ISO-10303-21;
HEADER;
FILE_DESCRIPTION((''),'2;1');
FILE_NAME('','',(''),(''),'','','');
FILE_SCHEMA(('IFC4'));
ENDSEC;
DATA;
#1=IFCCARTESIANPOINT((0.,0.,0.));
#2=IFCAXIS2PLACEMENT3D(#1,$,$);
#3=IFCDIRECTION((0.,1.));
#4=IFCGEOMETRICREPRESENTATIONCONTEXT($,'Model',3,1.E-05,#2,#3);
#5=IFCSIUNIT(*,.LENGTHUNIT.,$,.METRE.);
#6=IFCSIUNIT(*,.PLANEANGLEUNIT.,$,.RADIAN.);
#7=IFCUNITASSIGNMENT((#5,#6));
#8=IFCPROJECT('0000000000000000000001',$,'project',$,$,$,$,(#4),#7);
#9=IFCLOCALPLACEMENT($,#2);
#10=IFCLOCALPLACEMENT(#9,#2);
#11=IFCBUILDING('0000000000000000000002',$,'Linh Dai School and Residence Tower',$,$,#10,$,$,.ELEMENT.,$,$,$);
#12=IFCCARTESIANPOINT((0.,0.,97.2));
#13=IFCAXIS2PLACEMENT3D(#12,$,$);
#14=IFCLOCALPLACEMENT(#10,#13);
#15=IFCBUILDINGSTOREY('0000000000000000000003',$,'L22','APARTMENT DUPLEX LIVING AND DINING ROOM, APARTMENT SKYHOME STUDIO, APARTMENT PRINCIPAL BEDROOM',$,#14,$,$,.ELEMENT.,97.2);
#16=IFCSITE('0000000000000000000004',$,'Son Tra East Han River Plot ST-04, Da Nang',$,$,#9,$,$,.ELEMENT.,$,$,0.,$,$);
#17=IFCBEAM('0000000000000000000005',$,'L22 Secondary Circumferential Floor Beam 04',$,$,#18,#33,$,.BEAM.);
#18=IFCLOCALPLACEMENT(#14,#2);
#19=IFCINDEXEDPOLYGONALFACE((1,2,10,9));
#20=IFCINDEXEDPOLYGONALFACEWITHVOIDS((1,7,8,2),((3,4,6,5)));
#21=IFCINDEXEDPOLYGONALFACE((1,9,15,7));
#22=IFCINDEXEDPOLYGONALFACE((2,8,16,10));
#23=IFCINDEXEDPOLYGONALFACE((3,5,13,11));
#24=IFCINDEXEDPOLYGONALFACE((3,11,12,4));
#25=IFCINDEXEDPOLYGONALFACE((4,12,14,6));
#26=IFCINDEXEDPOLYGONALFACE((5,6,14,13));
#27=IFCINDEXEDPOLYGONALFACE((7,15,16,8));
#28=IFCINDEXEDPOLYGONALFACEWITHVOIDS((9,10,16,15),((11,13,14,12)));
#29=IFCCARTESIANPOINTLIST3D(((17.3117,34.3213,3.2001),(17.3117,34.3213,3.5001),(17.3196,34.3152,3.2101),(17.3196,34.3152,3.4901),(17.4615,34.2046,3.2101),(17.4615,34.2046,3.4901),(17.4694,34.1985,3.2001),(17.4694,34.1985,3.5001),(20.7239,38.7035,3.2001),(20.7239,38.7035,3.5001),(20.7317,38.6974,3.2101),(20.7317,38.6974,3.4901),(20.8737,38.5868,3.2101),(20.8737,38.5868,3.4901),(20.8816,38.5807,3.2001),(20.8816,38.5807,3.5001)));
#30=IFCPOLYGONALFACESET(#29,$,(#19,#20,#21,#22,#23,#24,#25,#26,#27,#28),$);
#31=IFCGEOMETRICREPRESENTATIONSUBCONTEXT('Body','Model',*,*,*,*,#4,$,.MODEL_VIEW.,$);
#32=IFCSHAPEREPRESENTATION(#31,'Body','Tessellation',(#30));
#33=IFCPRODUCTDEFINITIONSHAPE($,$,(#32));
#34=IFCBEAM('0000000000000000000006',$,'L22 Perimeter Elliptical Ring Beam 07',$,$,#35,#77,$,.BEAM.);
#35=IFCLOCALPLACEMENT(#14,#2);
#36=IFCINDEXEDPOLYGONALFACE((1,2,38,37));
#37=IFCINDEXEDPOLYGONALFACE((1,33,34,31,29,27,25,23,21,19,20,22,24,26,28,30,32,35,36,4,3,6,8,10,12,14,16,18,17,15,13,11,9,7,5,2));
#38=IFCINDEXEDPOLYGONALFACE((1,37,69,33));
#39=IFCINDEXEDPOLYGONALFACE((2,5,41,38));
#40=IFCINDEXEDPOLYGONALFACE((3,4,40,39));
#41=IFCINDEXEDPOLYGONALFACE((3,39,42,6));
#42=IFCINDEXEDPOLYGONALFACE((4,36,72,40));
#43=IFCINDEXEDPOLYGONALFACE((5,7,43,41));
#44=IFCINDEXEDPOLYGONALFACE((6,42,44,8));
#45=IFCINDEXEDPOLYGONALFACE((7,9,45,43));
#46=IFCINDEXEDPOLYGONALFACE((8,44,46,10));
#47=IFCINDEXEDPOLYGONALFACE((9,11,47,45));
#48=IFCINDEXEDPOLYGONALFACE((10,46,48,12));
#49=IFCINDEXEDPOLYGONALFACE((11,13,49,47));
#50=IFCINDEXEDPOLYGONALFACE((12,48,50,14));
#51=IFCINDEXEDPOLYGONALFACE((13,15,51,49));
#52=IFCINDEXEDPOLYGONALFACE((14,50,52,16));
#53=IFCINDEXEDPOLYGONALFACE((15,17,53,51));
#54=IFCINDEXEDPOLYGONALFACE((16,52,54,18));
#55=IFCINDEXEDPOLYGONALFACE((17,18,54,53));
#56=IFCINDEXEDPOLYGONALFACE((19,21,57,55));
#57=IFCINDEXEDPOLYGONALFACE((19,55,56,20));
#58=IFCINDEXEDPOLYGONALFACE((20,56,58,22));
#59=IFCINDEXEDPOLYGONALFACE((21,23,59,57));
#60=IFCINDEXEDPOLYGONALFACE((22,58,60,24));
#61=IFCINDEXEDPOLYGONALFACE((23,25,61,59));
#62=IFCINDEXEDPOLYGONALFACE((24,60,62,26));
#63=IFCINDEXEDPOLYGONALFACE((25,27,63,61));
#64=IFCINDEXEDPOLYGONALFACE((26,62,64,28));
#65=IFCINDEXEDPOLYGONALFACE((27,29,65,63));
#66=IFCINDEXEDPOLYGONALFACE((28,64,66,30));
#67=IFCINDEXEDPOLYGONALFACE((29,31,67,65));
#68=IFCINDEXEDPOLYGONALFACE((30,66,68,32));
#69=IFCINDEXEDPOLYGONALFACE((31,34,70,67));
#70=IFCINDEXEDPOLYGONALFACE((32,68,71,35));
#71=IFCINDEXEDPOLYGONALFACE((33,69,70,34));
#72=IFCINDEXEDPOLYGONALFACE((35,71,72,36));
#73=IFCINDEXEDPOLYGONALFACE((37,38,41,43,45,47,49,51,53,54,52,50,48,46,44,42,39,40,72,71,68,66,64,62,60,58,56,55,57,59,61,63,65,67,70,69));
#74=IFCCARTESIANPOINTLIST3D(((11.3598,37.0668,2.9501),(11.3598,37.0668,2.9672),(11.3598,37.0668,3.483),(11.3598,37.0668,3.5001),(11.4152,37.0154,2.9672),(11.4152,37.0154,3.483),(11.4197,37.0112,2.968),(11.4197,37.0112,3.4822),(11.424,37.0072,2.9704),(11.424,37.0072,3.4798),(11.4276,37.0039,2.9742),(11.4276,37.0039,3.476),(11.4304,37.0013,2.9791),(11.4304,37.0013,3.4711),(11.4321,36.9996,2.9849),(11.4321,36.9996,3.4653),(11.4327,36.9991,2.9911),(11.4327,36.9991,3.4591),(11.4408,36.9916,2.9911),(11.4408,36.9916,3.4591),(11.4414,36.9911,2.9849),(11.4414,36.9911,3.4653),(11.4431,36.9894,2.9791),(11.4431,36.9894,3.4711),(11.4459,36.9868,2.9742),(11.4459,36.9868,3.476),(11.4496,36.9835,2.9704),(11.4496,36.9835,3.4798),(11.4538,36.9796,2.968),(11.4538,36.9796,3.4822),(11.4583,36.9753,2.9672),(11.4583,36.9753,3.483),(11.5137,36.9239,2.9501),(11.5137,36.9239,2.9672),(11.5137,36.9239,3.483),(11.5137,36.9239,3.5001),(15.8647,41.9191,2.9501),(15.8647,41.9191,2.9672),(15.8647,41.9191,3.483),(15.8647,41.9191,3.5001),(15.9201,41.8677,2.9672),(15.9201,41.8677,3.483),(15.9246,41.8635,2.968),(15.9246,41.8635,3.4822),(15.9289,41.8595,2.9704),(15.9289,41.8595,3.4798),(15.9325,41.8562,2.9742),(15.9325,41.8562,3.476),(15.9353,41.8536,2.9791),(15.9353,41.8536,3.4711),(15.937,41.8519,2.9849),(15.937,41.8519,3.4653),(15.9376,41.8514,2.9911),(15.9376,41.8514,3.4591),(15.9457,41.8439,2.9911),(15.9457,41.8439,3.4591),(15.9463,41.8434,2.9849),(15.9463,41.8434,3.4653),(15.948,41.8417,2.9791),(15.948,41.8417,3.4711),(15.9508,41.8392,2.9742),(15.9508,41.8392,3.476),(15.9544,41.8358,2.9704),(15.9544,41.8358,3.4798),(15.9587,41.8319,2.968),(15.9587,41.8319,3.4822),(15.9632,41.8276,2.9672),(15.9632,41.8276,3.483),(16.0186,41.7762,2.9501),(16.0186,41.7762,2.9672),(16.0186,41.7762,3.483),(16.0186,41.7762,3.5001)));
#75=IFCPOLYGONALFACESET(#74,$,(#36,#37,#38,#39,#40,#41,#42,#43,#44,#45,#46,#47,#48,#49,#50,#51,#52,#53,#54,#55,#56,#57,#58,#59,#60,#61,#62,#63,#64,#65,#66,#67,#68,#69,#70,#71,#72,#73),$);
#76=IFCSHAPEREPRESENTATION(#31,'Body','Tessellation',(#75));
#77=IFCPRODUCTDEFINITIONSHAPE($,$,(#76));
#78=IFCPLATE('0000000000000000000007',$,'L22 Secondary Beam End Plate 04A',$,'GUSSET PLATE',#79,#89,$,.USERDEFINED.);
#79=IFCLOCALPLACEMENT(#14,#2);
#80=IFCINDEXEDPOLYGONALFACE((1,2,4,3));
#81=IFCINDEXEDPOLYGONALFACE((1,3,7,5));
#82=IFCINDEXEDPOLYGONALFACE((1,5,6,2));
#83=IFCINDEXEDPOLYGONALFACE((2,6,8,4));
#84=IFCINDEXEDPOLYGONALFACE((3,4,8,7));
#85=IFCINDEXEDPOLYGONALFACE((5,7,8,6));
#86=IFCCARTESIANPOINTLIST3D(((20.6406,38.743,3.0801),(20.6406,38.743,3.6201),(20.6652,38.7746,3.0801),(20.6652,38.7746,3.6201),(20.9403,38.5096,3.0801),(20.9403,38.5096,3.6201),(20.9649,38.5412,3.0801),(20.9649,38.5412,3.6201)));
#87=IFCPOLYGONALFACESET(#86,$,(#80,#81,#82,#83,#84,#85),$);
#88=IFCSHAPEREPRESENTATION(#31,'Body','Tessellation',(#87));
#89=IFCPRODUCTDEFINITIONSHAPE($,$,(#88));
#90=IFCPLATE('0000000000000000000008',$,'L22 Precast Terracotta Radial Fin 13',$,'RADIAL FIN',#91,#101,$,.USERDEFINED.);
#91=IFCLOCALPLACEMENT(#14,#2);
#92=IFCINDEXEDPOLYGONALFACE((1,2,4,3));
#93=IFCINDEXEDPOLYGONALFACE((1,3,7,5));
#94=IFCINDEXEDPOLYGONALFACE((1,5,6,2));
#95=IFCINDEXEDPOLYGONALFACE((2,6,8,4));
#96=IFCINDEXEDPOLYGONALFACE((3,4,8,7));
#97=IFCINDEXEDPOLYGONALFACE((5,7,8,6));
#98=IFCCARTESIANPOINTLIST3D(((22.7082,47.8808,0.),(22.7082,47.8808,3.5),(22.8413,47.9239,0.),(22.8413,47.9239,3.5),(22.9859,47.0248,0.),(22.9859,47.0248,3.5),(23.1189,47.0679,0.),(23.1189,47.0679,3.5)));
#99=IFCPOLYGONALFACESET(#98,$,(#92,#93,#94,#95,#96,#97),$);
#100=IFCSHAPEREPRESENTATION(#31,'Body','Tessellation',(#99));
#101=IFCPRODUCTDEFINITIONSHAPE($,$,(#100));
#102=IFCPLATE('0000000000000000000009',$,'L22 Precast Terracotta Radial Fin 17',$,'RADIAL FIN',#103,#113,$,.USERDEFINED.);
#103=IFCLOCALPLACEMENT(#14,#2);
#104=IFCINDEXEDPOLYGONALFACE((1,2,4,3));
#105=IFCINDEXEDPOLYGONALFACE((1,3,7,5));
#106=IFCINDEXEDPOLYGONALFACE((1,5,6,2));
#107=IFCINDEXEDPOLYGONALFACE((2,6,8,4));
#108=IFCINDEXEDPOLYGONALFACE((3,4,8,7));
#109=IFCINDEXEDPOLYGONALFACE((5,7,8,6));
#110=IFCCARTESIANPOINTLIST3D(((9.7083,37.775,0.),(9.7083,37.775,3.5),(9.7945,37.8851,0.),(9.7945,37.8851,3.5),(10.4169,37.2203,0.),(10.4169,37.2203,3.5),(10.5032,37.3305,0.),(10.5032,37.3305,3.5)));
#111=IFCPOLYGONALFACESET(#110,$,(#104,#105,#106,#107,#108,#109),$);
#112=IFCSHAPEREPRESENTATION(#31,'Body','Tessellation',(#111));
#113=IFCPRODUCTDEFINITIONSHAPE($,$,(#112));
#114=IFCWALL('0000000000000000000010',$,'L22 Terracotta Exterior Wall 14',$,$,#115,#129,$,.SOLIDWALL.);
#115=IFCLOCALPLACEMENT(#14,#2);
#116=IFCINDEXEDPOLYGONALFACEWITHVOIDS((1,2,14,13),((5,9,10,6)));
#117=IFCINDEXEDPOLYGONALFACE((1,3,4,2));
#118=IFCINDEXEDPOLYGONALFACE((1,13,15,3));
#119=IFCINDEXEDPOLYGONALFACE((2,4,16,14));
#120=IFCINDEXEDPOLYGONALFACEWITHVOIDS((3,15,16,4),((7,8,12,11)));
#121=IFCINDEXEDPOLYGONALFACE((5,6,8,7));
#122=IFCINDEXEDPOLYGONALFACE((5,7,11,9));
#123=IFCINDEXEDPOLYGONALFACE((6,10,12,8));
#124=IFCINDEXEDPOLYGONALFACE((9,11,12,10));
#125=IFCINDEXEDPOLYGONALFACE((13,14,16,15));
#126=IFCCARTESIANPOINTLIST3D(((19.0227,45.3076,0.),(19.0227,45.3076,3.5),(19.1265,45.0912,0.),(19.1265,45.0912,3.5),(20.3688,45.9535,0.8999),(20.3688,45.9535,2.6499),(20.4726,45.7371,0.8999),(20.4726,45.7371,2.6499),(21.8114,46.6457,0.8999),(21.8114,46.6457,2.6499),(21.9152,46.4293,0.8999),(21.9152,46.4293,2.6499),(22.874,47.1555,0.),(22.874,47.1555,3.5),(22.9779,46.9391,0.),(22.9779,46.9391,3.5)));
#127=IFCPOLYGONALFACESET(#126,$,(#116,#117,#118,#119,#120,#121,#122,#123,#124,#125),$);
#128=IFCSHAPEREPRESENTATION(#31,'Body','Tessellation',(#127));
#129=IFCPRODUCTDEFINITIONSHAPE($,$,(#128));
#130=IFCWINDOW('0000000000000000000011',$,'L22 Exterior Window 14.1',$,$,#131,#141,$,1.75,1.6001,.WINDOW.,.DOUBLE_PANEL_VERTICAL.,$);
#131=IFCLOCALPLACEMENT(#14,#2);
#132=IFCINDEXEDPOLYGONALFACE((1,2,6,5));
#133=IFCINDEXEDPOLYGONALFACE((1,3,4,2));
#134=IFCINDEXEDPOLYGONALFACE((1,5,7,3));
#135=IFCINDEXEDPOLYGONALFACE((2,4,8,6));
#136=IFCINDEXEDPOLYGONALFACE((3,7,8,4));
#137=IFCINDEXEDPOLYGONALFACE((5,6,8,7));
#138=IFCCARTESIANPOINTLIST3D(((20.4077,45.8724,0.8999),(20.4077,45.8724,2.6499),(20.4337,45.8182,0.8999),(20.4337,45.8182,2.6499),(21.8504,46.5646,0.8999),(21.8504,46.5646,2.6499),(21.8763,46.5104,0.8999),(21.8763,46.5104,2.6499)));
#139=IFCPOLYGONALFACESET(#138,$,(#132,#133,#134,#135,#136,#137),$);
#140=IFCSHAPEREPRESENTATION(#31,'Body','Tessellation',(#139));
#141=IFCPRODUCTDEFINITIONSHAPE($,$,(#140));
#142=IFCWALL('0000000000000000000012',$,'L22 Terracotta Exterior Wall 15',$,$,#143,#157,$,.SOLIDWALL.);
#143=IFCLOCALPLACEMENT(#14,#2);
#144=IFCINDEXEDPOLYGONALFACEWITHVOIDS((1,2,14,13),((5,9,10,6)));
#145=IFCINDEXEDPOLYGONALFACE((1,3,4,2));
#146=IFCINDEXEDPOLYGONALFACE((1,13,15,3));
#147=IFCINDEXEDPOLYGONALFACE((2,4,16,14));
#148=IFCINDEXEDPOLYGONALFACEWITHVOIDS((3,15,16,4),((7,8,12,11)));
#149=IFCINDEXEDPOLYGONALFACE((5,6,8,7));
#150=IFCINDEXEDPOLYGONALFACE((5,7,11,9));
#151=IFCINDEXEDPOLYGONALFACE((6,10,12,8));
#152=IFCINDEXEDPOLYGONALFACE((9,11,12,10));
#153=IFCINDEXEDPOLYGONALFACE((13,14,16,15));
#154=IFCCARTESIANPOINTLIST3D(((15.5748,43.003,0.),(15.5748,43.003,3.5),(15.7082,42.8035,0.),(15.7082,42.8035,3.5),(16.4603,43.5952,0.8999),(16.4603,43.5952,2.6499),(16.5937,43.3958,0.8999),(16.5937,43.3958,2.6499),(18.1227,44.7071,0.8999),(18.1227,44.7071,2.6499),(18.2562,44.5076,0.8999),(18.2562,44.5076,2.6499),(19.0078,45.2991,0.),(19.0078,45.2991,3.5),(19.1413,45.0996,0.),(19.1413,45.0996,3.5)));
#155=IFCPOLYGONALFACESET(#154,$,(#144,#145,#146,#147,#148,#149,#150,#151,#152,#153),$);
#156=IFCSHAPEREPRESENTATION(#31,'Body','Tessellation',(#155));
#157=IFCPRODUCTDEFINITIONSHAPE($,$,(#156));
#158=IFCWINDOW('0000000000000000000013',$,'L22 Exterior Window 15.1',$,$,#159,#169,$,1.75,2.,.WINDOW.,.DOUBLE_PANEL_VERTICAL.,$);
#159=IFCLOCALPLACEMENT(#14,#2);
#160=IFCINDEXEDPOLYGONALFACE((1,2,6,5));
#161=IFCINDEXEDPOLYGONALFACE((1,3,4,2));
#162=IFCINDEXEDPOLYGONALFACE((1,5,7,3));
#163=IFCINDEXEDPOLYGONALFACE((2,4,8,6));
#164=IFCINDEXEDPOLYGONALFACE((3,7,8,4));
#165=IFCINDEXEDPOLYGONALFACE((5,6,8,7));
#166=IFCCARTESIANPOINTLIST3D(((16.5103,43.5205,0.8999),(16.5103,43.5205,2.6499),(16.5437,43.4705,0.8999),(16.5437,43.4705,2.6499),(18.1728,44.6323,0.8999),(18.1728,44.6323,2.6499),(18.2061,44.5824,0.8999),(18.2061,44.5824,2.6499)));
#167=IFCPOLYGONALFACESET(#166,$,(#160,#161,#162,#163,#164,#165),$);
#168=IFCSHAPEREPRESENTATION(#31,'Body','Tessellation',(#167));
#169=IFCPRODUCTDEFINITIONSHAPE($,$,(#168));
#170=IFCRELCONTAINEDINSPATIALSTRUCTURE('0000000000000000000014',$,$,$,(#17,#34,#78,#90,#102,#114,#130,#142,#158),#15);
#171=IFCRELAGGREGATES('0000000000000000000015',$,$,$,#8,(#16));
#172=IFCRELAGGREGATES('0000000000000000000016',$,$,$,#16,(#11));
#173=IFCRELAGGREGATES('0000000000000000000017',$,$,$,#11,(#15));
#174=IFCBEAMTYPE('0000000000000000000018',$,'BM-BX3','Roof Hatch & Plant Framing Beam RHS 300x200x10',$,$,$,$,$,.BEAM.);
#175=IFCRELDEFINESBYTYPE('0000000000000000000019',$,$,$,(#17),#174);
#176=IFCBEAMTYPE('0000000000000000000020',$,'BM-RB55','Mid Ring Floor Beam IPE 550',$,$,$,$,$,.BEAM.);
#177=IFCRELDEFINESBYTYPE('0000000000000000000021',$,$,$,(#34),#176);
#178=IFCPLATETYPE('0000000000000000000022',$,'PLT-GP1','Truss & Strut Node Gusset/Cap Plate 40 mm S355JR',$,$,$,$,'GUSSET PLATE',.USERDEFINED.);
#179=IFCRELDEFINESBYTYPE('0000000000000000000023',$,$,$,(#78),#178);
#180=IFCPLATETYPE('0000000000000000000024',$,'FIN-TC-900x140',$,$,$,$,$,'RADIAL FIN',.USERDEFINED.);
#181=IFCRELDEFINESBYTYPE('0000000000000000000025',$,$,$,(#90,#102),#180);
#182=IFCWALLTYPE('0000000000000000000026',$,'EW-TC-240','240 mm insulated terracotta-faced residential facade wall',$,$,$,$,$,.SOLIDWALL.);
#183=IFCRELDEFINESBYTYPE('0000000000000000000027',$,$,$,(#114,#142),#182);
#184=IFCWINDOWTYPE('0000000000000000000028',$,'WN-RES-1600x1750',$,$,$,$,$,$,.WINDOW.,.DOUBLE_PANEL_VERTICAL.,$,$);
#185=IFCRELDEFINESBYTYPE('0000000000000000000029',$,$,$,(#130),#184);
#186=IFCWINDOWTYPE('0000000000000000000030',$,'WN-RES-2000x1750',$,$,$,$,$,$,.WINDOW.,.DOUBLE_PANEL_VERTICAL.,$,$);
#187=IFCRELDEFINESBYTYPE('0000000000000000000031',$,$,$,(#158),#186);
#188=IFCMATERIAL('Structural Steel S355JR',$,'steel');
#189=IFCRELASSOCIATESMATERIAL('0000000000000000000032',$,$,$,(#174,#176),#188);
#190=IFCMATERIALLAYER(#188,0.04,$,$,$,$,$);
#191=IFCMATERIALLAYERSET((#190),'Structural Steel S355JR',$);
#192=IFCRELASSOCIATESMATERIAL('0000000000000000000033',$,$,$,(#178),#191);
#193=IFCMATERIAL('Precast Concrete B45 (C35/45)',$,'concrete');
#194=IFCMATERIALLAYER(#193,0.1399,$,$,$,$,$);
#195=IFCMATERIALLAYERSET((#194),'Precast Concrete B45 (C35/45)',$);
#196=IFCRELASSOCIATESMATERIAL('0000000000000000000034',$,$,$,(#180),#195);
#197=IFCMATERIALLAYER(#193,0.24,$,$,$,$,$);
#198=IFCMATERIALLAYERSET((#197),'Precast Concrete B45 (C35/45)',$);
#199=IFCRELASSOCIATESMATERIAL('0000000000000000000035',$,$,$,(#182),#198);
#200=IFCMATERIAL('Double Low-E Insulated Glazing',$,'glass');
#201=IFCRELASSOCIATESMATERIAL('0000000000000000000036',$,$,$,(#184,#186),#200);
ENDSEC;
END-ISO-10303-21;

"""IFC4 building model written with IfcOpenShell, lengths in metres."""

from ifc_helpers import new_model, si_unit, direction, frame, frame_2d, origin, origin_2d, place, context, subcontext, project, spatial, rectangle, hollow_rectangle, i_section, extrude, source, transform, mapped, material, layer, layer_set, material_profile, profile_set, type_object, element, fill, save


model = new_model("IFC4")

# Units and contexts
model_context = context("Model", 3, precision=1e-05, world=origin(), true_north=direction((0.0, 1.0)))
body_context = subcontext(model_context, "Body", "Model", "MODEL_VIEW")
ifc_project = project(units=[si_unit("LENGTHUNIT", "METRE"), si_unit("PLANEANGLEUNIT", "RADIAN")], contexts=[model_context])

# Site, building, storey
site_placement = place(None, origin())
site = spatial("IfcSite", under=ifc_project, at=site_placement, Name="Son Tra East Han River Plot ST-04, Da Nang", CompositionType="ELEMENT", RefElevation=0.0)
building_placement = place(site_placement, origin())
building = spatial("IfcBuilding", under=site, at=building_placement, Name="Linh Dai School and Residence Tower", CompositionType="ELEMENT")
storey_placement = place(building_placement, frame((0.0, 0.0, 97.2)))
storey = spatial("IfcBuildingStorey", under=building, at=storey_placement, Name="L22", Description="APARTMENT DUPLEX LIVING AND DINING ROOM, APARTMENT SKYHOME STUDIO, APARTMENT PRINCIPAL BEDROOM", CompositionType="ELEMENT", Elevation=97.2)

# Shared definitions
ifc_material_1 = material(Name="Structural Steel S355JR", Category="steel")

# Beams
ifc_material_profile_1 = material_profile(ifc_material_1, hollow_rectangle(XDim=0.2, YDim=0.3, WallThickness=0.01, at=origin_2d()), Name="RHS 300x200x10")
ifc_profile_set_1 = profile_set([ifc_material_profile_1], Name="Structural Steel S355JR")
beam_type_1 = type_object("IfcBeamType", Name="BM-BX3", Description="Roof Hatch & Plant Framing Beam RHS 300x200x10", PredefinedType="BEAM", material=ifc_profile_set_1)
beam_1_placement = place(storey_placement, frame((20.8027, 38.6421, 3.3501), z_axis=(-0.61437, -0.789018, 0.0), x_axis=(0.789018, -0.61437, 0.0)))
element("IfcBeam", 1, at=beam_1_placement, inside=storey, type_object=beam_type_1, Name="L22 Secondary Circumferential Floor Beam 04", PredefinedType="BEAM", context=body_context, shape_type="SweptSolid", body=[
    extrude(hollow_rectangle(XDim=0.2, YDim=0.3, WallThickness=0.01, at=origin_2d()), origin(), (0.0, 0.0, 1.0), 5.554),
])
ifc_material_profile_2 = material_profile(ifc_material_1, i_section(OverallWidth=0.21, OverallDepth=0.55, WebThickness=0.011, FlangeThickness=0.0171, FilletRadius=0.0239, at=origin_2d()), Name="IPE 550")
ifc_profile_set_2 = profile_set([ifc_material_profile_2], Name="Structural Steel S355JR")
beam_type_2 = type_object("IfcBeamType", Name="BM-RB55", Description="Mid Ring Floor Beam IPE 550", PredefinedType="BEAM", material=ifc_profile_set_2)
beam_2_placement = place(storey_placement, frame((15.9417, 41.8477, 3.2251), z_axis=(-0.680385, -0.732855, 0.0), x_axis=(0.732855, -0.680385, 0.0)))
element("IfcBeam", 2, at=beam_2_placement, inside=storey, type_object=beam_type_2, Name="L22 Perimeter Elliptical Ring Beam 07", PredefinedType="BEAM", context=body_context, shape_type="SweptSolid", body=[
    extrude(i_section(OverallWidth=0.21, OverallDepth=0.55, WebThickness=0.011, FlangeThickness=0.0171, FilletRadius=0.0239, at=origin_2d()), origin(), (0.0, 0.0, 1.0), 6.6211),
])

# Plates
ifc_layer_1 = layer(ifc_material_1, 0.04)
ifc_layer_set_1 = layer_set([ifc_layer_1], Name="Structural Steel S355JR")
plate_type_1 = type_object("IfcPlateType", Name="PLT-GP1", Description="Truss & Strut Node Gusset/Cap Plate 40 mm S355JR", ElementType="GUSSET PLATE", PredefinedType="USERDEFINED", material=ifc_layer_set_1)
shared_shape_1 = source(origin(), body_context, "Body", "SweptSolid", [
    extrude(rectangle(XDim=0.04, YDim=0.3799, at=origin_2d()), origin(), (0.0, 0.0, 1.0), 0.54),
])
plate_placement = place(storey_placement, frame((20.8027, 38.6421, 3.0801), z_axis=(0.0, 0.0, 1.0), x_axis=(-0.614363, -0.789024, 0.0)))
element("IfcPlate", 3, at=plate_placement, inside=storey, type_object=plate_type_1, Name="L22 Secondary Beam End Plate 04A", ObjectType="GUSSET PLATE", PredefinedType="USERDEFINED", context=body_context, shape_type="MappedRepresentation", body=[
    mapped(shared_shape_1, transform((0.0, 0.0, 0.0), x_axis=(1.0, 0.0, 0.0), y_axis=(0.0, 1.0, 0.0), z_axis=(0.0, 0.0, 1.0), scale=1.0)),
])
ifc_material_2 = material(Name="Precast Concrete B45 (C35/45)", Category="concrete")
ifc_layer_2 = layer(ifc_material_2, 0.1399)
ifc_layer_set_2 = layer_set([ifc_layer_2], Name="Precast Concrete B45 (C35/45)")
plate_type_2 = type_object("IfcPlateType", Name="FIN-TC-900x140", ElementType="RADIAL FIN", PredefinedType="USERDEFINED", material=ifc_layer_set_2)
shared_shape_2 = source(origin(), body_context, "Body", "SweptSolid", [
    extrude(rectangle(XDim=0.8999, YDim=0.1399, at=origin_2d()), origin(), (0.0, 0.0, 1.0), 3.5),
])
for number, where, z_axis, x_axis, name in (
    (4, (22.9136, 47.4744, 0.0), (0.0, 0.0, 1.0), (-0.308522, 0.951217, 0.0), "L22 Precast Terracotta Radial Fin 13"),
    (5, (10.1057, 37.5527, 0.0), (0.0, 0.0, 1.0), (-0.787508, 0.616305, 0.0), "L22 Precast Terracotta Radial Fin 17"),
):
    element("IfcPlate", number, at=place(storey_placement, frame(where, z_axis=z_axis, x_axis=x_axis)), inside=storey, type_object=plate_type_2, Name=name, ObjectType="RADIAL FIN", PredefinedType="USERDEFINED", context=body_context, shape_type="MappedRepresentation", body=[
        mapped(shared_shape_2, transform((0.0, 0.0, 0.0), x_axis=(1.0, 0.0, 0.0), y_axis=(0.0, 1.0, 0.0), z_axis=(0.0, 0.0, 1.0), scale=1.0)),
    ])

# Shared definitions
ifc_layer_3 = layer(ifc_material_2, 0.24)
ifc_layer_set_3 = layer_set([ifc_layer_3], Name="Precast Concrete B45 (C35/45)")
wall_type_1 = type_object("IfcWallType", Name="EW-TC-240", Description="240 mm insulated terracotta-faced residential facade wall", PredefinedType="SOLIDWALL", material=ifc_layer_set_3)

# Walls, openings, windows
wall_1_placement = place(storey_placement, frame((19.0747, 45.1995, 0.0), z_axis=(0.0, 0.0, 1.0), x_axis=(0.90159, 0.432592, 0.0)))
wall_1 = element("IfcWall", 6, at=wall_1_placement, inside=storey, type_object=wall_type_1, Name="L22 Terracotta Exterior Wall 14", PredefinedType="SOLIDWALL", context=body_context, shape_type="SweptSolid", body=[
    extrude(rectangle(XDim=4.2717, YDim=0.24, at=frame_2d((2.1357, 0.0))), origin(), (0.0, 0.0, 1.0), 3.5),
])
opening_1_placement = place(wall_1_placement, frame((1.4929, 0.0, 0.8999)))
opening_1 = element("IfcOpeningElement", 7, at=opening_1_placement, cuts=wall_1, PredefinedType="OPENING", context=body_context, shape_type="SweptSolid", body=[
    extrude(rectangle(XDim=1.6001, YDim=1.75, at=origin_2d()), frame((0.8, 0.1299, 0.875), z_axis=(0.0, -1.0, 0.0), x_axis=(1.0, 0.0, 0.0)), (0.0, 0.0, 1.0), 0.26),
])
ifc_material_3 = material(Name="Double Low-E Insulated Glazing", Category="glass")
window_type_1 = type_object("IfcWindowType", Name="WN-RES-1600x1750", PartitioningType="DOUBLE_PANEL_VERTICAL", PredefinedType="WINDOW", material=ifc_material_3)
shared_shape_3 = source(origin(), body_context, "Body", "SweptSolid", [
    extrude(rectangle(XDim=1.6001, YDim=1.75, at=origin_2d()), frame((0.8, 0.03, 0.875), z_axis=(0.0, -1.0, 0.0), x_axis=(1.0, 0.0, 0.0)), (0.0, 0.0, 1.0), 0.0601),
])
window_1_placement = place(opening_1_placement, origin())
window_1 = element("IfcWindow", 8, at=window_1_placement, inside=storey, type_object=window_type_1, Name="L22 Exterior Window 14.1", OverallHeight=1.75, OverallWidth=1.6001, PartitioningType="DOUBLE_PANEL_VERTICAL", PredefinedType="WINDOW", context=body_context, shape_type="MappedRepresentation", body=[
    mapped(shared_shape_3, transform((0.0, 0.0, 0.0), x_axis=(1.0, 0.0, 0.0), y_axis=(0.0, 1.0, 0.0), z_axis=(0.0, 0.0, 1.0), scale=1.0)),
])
fill(opening_1, window_1)
wall_2_placement = place(storey_placement, frame((15.6416, 42.9033, 0.0), z_axis=(0.0, 0.0, 1.0), x_axis=(0.831222, 0.555941, 0.0)))
wall_2 = element("IfcWall", 9, at=wall_2_placement, inside=storey, type_object=wall_type_1, Name="L22 Terracotta Exterior Wall 15", PredefinedType="SOLIDWALL", context=body_context, shape_type="SweptSolid", body=[
    extrude(rectangle(XDim=4.1301, YDim=0.24, at=frame_2d((2.0649, 0.0))), origin(), (0.0, 0.0, 1.0), 3.5),
])
opening_2_placement = place(wall_2_placement, frame((1.0652, 0.0, 0.8999)))
opening_2 = element("IfcOpeningElement", 10, at=opening_2_placement, cuts=wall_2, PredefinedType="OPENING", context=body_context, shape_type="SweptSolid", body=[
    extrude(rectangle(XDim=2.0, YDim=1.75, at=origin_2d()), frame((1.0, 0.1299, 0.875), z_axis=(0.0, -1.0, 0.0), x_axis=(1.0, 0.0, 0.0)), (0.0, 0.0, 1.0), 0.26),
])
window_type_2 = type_object("IfcWindowType", Name="WN-RES-2000x1750", PartitioningType="DOUBLE_PANEL_VERTICAL", PredefinedType="WINDOW", material=ifc_material_3)
shared_shape_4 = source(origin(), body_context, "Body", "SweptSolid", [
    extrude(rectangle(XDim=2.0, YDim=1.75, at=origin_2d()), frame((1.0, 0.03, 0.875), z_axis=(0.0, -1.0, 0.0), x_axis=(1.0, 0.0, 0.0)), (0.0, 0.0, 1.0), 0.0601),
])
window_2_placement = place(opening_2_placement, origin())
window_2 = element("IfcWindow", 11, at=window_2_placement, inside=storey, type_object=window_type_2, Name="L22 Exterior Window 15.1", OverallHeight=1.75, OverallWidth=2.0, PartitioningType="DOUBLE_PANEL_VERTICAL", PredefinedType="WINDOW", context=body_context, shape_type="MappedRepresentation", body=[
    mapped(shared_shape_4, transform((0.0, 0.0, 0.0), x_axis=(1.0, 0.0, 0.0), y_axis=(0.0, 1.0, 0.0), z_axis=(0.0, 0.0, 1.0), scale=1.0)),
])
fill(opening_2, window_2)

save(model, "model.ifc")
